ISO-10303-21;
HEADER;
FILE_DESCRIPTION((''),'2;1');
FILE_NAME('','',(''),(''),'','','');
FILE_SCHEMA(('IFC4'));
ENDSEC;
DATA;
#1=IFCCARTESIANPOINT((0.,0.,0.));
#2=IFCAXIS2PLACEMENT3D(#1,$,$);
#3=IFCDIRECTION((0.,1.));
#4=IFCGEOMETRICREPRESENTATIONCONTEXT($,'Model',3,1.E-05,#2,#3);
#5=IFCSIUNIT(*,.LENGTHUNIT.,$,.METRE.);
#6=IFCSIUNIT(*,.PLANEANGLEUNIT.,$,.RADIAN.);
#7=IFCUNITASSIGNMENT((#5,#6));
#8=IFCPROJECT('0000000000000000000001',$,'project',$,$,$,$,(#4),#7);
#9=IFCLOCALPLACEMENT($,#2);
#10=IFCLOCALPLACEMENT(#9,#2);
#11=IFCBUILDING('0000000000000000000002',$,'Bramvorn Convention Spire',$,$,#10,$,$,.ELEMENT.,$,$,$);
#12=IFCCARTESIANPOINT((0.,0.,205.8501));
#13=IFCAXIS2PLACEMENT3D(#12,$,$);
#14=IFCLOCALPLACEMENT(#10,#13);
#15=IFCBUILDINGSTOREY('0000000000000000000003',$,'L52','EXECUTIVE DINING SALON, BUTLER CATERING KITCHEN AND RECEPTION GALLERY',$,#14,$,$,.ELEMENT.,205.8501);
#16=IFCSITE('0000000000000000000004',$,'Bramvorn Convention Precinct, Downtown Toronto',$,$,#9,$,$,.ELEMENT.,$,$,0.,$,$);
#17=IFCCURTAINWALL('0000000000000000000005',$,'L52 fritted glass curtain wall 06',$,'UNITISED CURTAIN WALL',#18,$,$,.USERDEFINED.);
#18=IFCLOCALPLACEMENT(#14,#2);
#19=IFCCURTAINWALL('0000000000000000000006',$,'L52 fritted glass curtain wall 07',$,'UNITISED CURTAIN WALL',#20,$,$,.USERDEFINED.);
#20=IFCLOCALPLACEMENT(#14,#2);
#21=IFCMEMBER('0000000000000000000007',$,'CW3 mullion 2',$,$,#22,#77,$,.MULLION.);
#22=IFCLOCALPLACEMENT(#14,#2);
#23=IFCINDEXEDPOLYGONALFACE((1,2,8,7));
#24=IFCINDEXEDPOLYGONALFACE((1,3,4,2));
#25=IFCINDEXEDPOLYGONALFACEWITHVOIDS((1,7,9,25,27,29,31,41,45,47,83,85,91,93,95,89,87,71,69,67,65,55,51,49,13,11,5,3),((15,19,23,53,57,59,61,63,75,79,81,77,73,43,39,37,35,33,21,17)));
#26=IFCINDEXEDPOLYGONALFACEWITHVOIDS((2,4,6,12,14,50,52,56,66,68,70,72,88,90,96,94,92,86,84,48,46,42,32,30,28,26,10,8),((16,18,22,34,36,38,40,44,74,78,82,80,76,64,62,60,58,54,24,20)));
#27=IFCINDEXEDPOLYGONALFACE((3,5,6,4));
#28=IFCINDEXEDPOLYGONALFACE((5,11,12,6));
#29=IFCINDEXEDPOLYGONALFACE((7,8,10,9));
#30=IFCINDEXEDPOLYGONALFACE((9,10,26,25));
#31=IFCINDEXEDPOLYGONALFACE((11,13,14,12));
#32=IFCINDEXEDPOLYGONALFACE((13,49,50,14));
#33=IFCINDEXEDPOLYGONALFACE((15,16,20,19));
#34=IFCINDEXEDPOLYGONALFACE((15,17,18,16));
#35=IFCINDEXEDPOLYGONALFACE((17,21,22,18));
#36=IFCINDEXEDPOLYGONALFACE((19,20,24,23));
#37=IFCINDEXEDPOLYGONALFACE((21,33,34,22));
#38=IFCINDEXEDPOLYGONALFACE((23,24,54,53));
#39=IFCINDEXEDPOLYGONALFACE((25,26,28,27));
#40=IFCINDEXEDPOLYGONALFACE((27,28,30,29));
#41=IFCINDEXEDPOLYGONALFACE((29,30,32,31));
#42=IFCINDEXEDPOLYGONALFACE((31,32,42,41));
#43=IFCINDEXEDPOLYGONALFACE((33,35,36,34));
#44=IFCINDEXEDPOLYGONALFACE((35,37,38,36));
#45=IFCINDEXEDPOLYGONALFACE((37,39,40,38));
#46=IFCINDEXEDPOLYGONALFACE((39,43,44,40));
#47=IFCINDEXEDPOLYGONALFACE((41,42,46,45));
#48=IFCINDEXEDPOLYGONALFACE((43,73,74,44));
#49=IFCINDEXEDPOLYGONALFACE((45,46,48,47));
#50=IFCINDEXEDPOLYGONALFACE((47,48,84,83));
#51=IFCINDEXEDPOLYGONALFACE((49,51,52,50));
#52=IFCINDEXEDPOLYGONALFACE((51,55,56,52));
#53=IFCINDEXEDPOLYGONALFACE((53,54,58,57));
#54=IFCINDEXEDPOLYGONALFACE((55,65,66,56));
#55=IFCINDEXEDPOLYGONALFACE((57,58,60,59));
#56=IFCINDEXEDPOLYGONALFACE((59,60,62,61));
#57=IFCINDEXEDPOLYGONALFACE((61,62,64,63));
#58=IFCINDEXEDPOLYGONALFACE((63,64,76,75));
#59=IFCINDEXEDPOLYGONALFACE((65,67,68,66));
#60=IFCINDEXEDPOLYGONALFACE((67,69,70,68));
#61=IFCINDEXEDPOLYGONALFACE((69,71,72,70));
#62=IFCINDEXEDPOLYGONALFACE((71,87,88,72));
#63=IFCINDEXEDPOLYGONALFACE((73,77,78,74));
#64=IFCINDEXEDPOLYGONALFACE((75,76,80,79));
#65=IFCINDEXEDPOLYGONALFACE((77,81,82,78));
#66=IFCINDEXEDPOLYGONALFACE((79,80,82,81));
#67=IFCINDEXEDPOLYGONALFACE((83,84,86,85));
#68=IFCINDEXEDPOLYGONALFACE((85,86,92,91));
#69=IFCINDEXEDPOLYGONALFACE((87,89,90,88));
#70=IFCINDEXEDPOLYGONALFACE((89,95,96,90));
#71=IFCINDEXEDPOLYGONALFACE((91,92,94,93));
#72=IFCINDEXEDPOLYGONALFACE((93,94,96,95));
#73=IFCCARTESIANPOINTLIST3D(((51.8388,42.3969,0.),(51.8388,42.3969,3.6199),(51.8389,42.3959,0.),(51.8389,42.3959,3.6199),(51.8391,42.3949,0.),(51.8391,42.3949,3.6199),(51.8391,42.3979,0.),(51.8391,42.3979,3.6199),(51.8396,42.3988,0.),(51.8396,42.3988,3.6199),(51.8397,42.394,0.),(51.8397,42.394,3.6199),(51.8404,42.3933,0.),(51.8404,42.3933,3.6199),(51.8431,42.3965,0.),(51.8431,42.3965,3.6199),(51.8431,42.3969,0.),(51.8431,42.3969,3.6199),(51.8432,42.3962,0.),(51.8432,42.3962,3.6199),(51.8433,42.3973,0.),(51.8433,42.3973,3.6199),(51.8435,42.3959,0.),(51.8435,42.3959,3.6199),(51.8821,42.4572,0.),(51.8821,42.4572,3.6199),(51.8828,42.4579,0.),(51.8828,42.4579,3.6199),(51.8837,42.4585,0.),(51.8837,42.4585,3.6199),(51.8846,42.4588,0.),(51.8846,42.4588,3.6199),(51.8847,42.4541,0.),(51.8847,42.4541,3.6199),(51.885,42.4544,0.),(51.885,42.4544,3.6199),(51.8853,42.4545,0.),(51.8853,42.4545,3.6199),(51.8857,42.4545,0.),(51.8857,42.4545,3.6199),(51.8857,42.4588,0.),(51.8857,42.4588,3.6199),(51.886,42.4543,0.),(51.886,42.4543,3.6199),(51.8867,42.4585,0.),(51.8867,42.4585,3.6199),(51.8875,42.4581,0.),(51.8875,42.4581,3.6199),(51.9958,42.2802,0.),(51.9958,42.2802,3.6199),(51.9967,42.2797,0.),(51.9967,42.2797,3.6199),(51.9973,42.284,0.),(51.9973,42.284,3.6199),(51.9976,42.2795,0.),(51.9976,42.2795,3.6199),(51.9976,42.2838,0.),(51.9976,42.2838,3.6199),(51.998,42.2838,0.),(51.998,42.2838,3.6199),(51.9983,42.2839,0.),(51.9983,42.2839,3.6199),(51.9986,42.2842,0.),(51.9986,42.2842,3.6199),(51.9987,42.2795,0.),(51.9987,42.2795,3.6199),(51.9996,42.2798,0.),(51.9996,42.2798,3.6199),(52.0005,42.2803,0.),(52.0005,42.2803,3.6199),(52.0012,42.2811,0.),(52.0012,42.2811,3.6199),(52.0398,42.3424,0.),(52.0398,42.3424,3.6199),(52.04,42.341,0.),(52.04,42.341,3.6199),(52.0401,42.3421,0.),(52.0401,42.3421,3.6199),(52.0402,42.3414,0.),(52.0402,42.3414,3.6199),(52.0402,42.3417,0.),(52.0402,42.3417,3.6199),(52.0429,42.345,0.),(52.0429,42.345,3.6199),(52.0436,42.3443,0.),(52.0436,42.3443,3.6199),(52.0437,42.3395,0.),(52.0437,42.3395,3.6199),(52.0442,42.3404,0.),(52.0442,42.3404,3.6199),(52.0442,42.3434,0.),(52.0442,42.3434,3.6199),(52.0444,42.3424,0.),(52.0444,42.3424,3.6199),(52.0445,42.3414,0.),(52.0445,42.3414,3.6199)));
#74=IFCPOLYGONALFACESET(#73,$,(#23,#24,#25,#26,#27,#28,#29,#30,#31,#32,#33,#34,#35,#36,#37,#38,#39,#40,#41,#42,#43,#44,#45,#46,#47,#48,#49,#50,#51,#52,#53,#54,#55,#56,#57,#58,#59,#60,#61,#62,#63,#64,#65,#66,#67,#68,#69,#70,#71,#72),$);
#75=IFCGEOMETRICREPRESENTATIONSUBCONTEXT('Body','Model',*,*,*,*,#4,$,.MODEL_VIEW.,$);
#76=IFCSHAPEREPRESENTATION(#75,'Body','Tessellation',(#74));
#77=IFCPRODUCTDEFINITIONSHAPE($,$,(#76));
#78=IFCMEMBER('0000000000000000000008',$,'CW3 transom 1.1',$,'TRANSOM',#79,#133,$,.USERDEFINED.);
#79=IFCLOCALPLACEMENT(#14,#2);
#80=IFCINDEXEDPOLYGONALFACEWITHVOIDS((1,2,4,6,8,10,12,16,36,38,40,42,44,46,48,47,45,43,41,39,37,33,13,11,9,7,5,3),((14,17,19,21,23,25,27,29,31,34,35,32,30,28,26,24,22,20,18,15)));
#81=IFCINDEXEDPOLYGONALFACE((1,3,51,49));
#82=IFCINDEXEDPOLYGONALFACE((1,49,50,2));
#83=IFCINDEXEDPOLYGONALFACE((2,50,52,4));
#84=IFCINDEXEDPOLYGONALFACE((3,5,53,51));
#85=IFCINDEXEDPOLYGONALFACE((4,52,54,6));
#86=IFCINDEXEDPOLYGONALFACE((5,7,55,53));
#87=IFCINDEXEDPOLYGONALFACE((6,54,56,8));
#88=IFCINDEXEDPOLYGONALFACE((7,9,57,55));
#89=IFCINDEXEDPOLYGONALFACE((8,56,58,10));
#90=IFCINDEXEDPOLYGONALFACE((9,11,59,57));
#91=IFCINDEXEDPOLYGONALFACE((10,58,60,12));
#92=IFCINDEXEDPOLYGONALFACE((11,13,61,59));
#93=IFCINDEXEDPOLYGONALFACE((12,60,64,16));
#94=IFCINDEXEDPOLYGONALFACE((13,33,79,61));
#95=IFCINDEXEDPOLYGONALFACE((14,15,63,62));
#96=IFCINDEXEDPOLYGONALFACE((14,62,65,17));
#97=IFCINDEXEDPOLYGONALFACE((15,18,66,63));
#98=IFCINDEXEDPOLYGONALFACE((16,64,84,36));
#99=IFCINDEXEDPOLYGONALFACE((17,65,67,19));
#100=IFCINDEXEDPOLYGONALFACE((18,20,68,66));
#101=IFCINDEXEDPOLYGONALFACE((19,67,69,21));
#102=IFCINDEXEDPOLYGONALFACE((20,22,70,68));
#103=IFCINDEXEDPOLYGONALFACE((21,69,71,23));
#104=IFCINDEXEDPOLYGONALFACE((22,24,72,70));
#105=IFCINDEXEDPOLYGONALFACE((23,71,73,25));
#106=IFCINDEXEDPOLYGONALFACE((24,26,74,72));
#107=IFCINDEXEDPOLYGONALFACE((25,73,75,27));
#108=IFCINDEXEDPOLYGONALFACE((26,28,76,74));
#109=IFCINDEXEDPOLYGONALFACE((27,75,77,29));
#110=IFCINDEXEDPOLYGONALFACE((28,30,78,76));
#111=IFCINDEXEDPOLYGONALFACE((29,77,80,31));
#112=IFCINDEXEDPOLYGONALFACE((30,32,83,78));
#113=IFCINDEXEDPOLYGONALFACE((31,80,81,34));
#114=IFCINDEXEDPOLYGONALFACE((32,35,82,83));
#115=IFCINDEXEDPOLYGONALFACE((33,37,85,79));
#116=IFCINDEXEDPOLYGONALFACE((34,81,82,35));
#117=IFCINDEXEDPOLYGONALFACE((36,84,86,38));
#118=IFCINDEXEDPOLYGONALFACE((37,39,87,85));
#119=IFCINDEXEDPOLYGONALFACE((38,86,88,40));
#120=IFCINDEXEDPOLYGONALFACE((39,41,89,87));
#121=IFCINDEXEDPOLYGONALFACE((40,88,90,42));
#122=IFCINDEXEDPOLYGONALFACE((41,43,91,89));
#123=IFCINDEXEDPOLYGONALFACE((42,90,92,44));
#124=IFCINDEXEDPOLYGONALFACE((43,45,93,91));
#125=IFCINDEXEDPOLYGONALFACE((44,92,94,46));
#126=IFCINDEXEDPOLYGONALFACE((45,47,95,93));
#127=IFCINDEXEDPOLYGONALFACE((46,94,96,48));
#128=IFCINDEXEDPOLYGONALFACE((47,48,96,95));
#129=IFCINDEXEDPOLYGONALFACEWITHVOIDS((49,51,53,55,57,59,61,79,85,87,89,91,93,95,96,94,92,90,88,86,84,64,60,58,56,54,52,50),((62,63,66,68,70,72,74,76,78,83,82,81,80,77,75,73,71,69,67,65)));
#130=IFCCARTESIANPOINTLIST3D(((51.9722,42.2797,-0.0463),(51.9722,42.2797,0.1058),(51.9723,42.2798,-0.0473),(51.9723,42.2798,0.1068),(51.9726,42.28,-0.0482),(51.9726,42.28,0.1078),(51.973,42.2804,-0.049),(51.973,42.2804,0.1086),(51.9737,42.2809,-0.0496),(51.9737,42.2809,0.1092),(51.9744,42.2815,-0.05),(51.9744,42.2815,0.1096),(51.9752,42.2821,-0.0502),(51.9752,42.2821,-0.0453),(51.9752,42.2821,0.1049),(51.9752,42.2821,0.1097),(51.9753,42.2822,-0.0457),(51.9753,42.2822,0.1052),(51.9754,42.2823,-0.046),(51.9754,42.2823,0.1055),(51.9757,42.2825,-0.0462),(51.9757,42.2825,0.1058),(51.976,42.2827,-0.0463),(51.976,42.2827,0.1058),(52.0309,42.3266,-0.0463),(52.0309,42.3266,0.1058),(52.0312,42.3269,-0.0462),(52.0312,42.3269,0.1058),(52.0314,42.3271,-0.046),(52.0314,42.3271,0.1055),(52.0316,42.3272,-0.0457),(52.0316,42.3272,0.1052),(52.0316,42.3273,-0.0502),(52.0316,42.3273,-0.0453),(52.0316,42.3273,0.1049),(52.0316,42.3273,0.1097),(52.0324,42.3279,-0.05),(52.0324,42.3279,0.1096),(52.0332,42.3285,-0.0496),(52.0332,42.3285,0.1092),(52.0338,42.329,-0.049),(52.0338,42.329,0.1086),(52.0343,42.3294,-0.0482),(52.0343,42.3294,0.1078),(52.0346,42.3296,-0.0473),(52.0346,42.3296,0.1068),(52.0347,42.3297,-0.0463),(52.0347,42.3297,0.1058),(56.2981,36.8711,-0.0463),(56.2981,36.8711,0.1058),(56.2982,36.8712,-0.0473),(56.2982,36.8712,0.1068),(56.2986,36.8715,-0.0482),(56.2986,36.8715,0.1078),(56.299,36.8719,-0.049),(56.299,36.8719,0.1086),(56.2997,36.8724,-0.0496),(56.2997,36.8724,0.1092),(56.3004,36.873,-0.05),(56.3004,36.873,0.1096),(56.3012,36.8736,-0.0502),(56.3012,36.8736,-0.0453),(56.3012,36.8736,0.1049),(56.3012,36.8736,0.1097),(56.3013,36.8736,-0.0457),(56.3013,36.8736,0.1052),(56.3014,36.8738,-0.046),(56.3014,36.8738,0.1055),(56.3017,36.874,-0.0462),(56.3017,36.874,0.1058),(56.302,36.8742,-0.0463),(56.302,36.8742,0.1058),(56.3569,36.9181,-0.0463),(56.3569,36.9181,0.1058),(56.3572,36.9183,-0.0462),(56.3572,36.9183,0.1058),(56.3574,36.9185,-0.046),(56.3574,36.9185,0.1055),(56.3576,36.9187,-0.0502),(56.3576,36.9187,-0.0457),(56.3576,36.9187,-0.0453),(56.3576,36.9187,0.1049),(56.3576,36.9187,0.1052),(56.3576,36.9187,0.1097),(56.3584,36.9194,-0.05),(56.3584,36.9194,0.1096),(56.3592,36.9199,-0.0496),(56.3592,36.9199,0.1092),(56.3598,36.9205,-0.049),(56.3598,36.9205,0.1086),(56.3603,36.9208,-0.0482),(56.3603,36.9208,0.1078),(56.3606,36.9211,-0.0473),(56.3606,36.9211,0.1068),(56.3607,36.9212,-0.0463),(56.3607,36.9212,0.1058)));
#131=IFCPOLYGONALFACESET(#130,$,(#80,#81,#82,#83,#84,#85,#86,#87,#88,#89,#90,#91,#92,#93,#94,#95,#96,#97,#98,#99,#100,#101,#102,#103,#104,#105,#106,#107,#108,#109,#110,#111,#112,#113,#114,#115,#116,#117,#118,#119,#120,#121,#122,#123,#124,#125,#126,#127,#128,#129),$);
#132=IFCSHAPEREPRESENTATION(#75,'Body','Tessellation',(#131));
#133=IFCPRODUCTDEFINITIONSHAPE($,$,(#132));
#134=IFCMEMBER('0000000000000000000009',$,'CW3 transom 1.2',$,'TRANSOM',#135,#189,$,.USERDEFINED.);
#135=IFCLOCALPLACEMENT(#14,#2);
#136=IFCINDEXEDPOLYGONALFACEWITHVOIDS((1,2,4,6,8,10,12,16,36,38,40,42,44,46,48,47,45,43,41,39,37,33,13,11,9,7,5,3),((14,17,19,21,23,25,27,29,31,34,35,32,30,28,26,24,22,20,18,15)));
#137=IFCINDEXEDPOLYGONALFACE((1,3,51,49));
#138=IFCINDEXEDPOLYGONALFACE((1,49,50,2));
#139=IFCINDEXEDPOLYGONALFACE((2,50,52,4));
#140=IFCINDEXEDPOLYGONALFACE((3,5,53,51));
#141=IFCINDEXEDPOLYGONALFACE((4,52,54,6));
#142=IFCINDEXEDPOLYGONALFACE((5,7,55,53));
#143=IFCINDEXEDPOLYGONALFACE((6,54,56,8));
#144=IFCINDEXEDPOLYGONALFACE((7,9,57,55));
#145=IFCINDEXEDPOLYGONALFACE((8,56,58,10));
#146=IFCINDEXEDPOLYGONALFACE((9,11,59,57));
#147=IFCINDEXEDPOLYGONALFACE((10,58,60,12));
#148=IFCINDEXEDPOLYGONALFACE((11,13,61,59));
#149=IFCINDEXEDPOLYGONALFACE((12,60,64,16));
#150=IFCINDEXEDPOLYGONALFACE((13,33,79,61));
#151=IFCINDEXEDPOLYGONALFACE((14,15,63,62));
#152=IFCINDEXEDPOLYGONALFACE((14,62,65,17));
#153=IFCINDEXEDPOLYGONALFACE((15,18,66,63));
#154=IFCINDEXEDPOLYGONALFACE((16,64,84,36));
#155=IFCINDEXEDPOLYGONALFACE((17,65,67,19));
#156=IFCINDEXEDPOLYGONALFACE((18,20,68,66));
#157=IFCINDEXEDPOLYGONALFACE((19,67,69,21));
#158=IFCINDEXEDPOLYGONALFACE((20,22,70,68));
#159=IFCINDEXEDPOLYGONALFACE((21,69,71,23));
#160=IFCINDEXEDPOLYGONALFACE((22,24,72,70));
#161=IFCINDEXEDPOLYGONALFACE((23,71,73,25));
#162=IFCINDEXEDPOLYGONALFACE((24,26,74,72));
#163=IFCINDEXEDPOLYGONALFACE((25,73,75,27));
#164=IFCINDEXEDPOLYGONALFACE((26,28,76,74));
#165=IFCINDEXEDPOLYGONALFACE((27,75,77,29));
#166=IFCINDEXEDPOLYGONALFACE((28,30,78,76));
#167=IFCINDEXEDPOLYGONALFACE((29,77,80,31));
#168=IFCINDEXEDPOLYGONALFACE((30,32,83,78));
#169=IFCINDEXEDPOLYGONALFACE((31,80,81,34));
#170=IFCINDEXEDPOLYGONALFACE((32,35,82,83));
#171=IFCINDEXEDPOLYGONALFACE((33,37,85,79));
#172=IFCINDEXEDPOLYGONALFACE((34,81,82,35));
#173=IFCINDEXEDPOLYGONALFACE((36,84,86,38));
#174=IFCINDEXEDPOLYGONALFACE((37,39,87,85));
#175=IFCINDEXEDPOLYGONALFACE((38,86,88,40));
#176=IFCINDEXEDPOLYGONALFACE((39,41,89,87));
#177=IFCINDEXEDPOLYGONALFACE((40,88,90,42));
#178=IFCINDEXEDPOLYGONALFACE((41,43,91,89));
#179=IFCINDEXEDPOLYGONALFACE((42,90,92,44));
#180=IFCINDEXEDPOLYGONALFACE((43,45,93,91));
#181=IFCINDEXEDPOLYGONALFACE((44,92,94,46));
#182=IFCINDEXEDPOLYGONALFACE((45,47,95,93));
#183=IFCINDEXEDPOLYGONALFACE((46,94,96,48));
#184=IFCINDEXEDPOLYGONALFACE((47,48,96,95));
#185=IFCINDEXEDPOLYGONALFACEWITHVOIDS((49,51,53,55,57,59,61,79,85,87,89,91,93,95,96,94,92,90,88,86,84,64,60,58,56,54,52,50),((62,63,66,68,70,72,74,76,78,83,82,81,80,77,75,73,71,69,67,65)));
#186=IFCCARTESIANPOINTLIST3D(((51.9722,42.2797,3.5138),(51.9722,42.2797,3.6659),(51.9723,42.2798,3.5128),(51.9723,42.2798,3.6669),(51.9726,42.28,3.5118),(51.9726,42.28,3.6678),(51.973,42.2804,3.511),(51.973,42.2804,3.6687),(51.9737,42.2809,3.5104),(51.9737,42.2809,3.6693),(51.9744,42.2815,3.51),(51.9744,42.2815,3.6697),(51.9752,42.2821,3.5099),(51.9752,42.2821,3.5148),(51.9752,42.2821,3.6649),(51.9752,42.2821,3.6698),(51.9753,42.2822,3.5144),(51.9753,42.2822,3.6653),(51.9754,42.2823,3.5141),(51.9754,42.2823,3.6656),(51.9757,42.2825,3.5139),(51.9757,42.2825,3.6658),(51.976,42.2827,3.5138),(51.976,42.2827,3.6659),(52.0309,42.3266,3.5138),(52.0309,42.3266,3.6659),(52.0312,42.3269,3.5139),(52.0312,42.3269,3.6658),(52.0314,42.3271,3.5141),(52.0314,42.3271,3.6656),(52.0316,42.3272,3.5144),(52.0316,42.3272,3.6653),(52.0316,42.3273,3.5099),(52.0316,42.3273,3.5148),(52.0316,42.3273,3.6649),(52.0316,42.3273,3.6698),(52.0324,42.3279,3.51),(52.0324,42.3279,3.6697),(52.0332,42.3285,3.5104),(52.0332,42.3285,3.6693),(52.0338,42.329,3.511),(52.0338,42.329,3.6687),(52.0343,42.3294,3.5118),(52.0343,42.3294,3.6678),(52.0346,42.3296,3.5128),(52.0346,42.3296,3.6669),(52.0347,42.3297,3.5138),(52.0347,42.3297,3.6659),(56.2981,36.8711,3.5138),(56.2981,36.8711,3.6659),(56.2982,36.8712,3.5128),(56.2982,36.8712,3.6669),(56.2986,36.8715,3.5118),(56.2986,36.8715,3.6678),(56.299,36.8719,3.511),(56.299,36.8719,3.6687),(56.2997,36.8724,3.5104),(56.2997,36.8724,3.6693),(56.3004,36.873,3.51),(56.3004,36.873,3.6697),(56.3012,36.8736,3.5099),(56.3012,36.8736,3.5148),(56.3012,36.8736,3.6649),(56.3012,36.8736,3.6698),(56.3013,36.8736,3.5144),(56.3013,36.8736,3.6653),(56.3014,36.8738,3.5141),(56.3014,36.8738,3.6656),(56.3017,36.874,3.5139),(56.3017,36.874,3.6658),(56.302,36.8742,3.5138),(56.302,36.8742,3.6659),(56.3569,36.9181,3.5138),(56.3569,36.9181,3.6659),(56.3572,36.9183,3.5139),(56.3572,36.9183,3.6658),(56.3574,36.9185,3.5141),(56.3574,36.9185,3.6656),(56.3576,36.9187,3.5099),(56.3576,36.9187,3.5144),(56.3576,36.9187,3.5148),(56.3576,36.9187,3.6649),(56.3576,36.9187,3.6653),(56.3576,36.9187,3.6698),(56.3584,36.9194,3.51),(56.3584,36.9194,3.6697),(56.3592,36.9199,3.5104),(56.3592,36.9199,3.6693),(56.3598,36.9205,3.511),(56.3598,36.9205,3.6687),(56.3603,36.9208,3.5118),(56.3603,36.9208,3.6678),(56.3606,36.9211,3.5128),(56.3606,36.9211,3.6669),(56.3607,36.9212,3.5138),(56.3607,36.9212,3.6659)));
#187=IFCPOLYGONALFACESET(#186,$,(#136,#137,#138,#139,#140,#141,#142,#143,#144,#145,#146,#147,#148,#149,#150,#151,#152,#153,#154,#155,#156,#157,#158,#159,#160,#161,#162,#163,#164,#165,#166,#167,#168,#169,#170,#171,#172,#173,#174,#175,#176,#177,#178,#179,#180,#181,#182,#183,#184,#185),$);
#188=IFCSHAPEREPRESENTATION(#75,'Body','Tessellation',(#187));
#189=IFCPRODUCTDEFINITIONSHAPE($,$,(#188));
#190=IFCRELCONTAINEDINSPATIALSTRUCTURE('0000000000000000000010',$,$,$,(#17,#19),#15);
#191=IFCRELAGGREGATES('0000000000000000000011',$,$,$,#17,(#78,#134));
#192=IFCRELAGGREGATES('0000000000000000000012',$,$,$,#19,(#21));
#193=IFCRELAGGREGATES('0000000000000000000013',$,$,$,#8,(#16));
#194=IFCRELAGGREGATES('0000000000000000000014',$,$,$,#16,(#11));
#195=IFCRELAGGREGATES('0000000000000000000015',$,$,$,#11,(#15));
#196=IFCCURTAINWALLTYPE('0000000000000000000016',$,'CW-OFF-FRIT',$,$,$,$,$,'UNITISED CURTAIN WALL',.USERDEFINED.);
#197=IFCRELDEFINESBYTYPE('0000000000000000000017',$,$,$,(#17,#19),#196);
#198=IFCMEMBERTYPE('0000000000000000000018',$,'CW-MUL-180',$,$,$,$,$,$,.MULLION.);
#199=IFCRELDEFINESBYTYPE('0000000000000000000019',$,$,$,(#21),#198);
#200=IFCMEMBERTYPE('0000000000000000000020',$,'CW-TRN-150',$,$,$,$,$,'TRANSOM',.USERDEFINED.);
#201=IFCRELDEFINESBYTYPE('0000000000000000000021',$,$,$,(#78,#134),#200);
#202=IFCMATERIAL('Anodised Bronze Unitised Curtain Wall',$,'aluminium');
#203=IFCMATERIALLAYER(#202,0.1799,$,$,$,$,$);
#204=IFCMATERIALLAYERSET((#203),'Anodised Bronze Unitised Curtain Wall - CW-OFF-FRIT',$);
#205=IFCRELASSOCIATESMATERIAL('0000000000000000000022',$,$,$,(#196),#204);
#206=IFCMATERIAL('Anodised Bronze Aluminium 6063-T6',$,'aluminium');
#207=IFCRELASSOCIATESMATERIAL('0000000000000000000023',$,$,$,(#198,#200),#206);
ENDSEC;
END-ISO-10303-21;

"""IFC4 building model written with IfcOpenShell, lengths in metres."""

from ifc_helpers import new_model, si_unit, direction, frame, origin, origin_2d, place, context, subcontext, project, spatial, hollow_rectangle, extrude, material, layer, layer_set, material_profile, profile_set, type_object, element, aggregate, save


model = new_model("IFC4")

# Units and contexts
model_context = context("Model", 3, precision=1e-05, world=origin(), true_north=direction((0.0, 1.0)))
body_context = subcontext(model_context, "Body", "Model", "MODEL_VIEW")
ifc_project = project(units=[si_unit("LENGTHUNIT", "METRE"), si_unit("PLANEANGLEUNIT", "RADIAN")], contexts=[model_context])

# Site, building, storey
site_placement = place(None, origin())
site = spatial("IfcSite", under=ifc_project, at=site_placement, Name="Bramvorn Convention Precinct, Downtown Toronto", CompositionType="ELEMENT", RefElevation=0.0)
building_placement = place(site_placement, origin())
building = spatial("IfcBuilding", under=site, at=building_placement, Name="Bramvorn Convention Spire", CompositionType="ELEMENT")
storey_placement = place(building_placement, frame((0.0, 0.0, 205.8501)))
storey = spatial("IfcBuildingStorey", under=building, at=storey_placement, Name="L52", Description="EXECUTIVE DINING SALON, BUTLER CATERING KITCHEN AND RECEPTION GALLERY", CompositionType="ELEMENT", Elevation=205.8501)

# Curtain walls, member
ifc_material_1 = material(Name="Anodised Bronze Unitised Curtain Wall", Category="aluminium")
ifc_layer_1 = layer(ifc_material_1, 0.1799)
ifc_layer_set_1 = layer_set([ifc_layer_1], Name="Anodised Bronze Unitised Curtain Wall - CW-OFF-FRIT")
curtain_wall_type = type_object("IfcCurtainWallType", Name="CW-OFF-FRIT", ElementType="UNITISED CURTAIN WALL", PredefinedType="USERDEFINED", material=ifc_layer_set_1)
curtain_wall_1_placement = place(storey_placement, origin())
curtain_wall_1 = element("IfcCurtainWall", 1, at=curtain_wall_1_placement, inside=storey, type_object=curtain_wall_type, Name="L52 fritted glass curtain wall 06", ObjectType="UNITISED CURTAIN WALL", PredefinedType="USERDEFINED")
ifc_material_2 = material(Name="Anodised Bronze Aluminium 6063-T6", Category="aluminium")
ifc_material_profile_1 = material_profile(ifc_material_2, hollow_rectangle(XDim=0.0801, YDim=0.2, WallThickness=0.0039, InnerFilletRadius=0.001, OuterFilletRadius=0.0039, at=origin_2d()))
ifc_profile_set_1 = profile_set([ifc_material_profile_1], Name="Anodised Bronze Aluminium 6063-T6 - CWM80X200")
member_type_1 = type_object("IfcMemberType", Name="CW-MUL-180", PredefinedType="MULLION", material=ifc_profile_set_1)
curtain_wall_2_placement = place(storey_placement, origin())
curtain_wall_2 = element("IfcCurtainWall", 2, at=curtain_wall_2_placement, inside=storey, type_object=curtain_wall_type, Name="L52 fritted glass curtain wall 07", ObjectType="UNITISED CURTAIN WALL", PredefinedType="USERDEFINED")
member_1_placement = place(storey_placement, frame((51.9417, 42.3691, 0.0), z_axis=(0.0, 0.0, 1.0), x_axis=(0.588541, 0.808467, 0.0)))
member_1 = element("IfcMember", 3, at=member_1_placement, type_object=member_type_1, Name="CW3 mullion 2", PredefinedType="MULLION", context=body_context, shape_type="SweptSolid", body=[
    extrude(hollow_rectangle(XDim=0.0801, YDim=0.2, WallThickness=0.0039, InnerFilletRadius=0.001, OuterFilletRadius=0.0039, at=origin_2d()), origin(), (0.0, 0.0, 1.0), 3.6199),
])

# Members
ifc_material_profile_2 = material_profile(ifc_material_2, hollow_rectangle(XDim=0.0801, YDim=0.1599, WallThickness=0.0039, InnerFilletRadius=0.001, OuterFilletRadius=0.0039, at=origin_2d()))
ifc_profile_set_2 = profile_set([ifc_material_profile_2], Name="Anodised Bronze Aluminium 6063-T6 - CWT80X160")
member_type_2 = type_object("IfcMemberType", Name="CW-TRN-150", ElementType="TRANSOM", PredefinedType="USERDEFINED", material=ifc_profile_set_2)
member_2_placement = place(storey_placement, frame((52.0034, 42.3047, 0.0298), z_axis=(0.624622, -0.780927, 0.0), x_axis=(0.780927, 0.624622, 0.0)))
member_2 = element("IfcMember", 4, at=member_2_placement, type_object=member_type_2, Name="CW3 transom 1.1", ObjectType="TRANSOM", PredefinedType="USERDEFINED", context=body_context, shape_type="SweptSolid", body=[
    extrude(hollow_rectangle(XDim=0.0801, YDim=0.1599, WallThickness=0.0039, InnerFilletRadius=0.001, OuterFilletRadius=0.0039, at=origin_2d()), origin(), (0.0, 0.0, 1.0), 6.9258),
])
member_3_placement = place(storey_placement, frame((52.0034, 42.3047, 3.5898), z_axis=(0.624622, -0.780927, 0.0), x_axis=(0.780927, 0.624622, 0.0)))
member_3 = element("IfcMember", 5, at=member_3_placement, type_object=member_type_2, Name="CW3 transom 1.2", ObjectType="TRANSOM", PredefinedType="USERDEFINED", context=body_context, shape_type="SweptSolid", body=[
    extrude(hollow_rectangle(XDim=0.0801, YDim=0.1599, WallThickness=0.0039, InnerFilletRadius=0.001, OuterFilletRadius=0.0039, at=origin_2d()), origin(), (0.0, 0.0, 1.0), 6.9258),
])

aggregate(curtain_wall_1, [member_2, member_3])
aggregate(curtain_wall_2, [member_1])

save(model, "model.ifc")
